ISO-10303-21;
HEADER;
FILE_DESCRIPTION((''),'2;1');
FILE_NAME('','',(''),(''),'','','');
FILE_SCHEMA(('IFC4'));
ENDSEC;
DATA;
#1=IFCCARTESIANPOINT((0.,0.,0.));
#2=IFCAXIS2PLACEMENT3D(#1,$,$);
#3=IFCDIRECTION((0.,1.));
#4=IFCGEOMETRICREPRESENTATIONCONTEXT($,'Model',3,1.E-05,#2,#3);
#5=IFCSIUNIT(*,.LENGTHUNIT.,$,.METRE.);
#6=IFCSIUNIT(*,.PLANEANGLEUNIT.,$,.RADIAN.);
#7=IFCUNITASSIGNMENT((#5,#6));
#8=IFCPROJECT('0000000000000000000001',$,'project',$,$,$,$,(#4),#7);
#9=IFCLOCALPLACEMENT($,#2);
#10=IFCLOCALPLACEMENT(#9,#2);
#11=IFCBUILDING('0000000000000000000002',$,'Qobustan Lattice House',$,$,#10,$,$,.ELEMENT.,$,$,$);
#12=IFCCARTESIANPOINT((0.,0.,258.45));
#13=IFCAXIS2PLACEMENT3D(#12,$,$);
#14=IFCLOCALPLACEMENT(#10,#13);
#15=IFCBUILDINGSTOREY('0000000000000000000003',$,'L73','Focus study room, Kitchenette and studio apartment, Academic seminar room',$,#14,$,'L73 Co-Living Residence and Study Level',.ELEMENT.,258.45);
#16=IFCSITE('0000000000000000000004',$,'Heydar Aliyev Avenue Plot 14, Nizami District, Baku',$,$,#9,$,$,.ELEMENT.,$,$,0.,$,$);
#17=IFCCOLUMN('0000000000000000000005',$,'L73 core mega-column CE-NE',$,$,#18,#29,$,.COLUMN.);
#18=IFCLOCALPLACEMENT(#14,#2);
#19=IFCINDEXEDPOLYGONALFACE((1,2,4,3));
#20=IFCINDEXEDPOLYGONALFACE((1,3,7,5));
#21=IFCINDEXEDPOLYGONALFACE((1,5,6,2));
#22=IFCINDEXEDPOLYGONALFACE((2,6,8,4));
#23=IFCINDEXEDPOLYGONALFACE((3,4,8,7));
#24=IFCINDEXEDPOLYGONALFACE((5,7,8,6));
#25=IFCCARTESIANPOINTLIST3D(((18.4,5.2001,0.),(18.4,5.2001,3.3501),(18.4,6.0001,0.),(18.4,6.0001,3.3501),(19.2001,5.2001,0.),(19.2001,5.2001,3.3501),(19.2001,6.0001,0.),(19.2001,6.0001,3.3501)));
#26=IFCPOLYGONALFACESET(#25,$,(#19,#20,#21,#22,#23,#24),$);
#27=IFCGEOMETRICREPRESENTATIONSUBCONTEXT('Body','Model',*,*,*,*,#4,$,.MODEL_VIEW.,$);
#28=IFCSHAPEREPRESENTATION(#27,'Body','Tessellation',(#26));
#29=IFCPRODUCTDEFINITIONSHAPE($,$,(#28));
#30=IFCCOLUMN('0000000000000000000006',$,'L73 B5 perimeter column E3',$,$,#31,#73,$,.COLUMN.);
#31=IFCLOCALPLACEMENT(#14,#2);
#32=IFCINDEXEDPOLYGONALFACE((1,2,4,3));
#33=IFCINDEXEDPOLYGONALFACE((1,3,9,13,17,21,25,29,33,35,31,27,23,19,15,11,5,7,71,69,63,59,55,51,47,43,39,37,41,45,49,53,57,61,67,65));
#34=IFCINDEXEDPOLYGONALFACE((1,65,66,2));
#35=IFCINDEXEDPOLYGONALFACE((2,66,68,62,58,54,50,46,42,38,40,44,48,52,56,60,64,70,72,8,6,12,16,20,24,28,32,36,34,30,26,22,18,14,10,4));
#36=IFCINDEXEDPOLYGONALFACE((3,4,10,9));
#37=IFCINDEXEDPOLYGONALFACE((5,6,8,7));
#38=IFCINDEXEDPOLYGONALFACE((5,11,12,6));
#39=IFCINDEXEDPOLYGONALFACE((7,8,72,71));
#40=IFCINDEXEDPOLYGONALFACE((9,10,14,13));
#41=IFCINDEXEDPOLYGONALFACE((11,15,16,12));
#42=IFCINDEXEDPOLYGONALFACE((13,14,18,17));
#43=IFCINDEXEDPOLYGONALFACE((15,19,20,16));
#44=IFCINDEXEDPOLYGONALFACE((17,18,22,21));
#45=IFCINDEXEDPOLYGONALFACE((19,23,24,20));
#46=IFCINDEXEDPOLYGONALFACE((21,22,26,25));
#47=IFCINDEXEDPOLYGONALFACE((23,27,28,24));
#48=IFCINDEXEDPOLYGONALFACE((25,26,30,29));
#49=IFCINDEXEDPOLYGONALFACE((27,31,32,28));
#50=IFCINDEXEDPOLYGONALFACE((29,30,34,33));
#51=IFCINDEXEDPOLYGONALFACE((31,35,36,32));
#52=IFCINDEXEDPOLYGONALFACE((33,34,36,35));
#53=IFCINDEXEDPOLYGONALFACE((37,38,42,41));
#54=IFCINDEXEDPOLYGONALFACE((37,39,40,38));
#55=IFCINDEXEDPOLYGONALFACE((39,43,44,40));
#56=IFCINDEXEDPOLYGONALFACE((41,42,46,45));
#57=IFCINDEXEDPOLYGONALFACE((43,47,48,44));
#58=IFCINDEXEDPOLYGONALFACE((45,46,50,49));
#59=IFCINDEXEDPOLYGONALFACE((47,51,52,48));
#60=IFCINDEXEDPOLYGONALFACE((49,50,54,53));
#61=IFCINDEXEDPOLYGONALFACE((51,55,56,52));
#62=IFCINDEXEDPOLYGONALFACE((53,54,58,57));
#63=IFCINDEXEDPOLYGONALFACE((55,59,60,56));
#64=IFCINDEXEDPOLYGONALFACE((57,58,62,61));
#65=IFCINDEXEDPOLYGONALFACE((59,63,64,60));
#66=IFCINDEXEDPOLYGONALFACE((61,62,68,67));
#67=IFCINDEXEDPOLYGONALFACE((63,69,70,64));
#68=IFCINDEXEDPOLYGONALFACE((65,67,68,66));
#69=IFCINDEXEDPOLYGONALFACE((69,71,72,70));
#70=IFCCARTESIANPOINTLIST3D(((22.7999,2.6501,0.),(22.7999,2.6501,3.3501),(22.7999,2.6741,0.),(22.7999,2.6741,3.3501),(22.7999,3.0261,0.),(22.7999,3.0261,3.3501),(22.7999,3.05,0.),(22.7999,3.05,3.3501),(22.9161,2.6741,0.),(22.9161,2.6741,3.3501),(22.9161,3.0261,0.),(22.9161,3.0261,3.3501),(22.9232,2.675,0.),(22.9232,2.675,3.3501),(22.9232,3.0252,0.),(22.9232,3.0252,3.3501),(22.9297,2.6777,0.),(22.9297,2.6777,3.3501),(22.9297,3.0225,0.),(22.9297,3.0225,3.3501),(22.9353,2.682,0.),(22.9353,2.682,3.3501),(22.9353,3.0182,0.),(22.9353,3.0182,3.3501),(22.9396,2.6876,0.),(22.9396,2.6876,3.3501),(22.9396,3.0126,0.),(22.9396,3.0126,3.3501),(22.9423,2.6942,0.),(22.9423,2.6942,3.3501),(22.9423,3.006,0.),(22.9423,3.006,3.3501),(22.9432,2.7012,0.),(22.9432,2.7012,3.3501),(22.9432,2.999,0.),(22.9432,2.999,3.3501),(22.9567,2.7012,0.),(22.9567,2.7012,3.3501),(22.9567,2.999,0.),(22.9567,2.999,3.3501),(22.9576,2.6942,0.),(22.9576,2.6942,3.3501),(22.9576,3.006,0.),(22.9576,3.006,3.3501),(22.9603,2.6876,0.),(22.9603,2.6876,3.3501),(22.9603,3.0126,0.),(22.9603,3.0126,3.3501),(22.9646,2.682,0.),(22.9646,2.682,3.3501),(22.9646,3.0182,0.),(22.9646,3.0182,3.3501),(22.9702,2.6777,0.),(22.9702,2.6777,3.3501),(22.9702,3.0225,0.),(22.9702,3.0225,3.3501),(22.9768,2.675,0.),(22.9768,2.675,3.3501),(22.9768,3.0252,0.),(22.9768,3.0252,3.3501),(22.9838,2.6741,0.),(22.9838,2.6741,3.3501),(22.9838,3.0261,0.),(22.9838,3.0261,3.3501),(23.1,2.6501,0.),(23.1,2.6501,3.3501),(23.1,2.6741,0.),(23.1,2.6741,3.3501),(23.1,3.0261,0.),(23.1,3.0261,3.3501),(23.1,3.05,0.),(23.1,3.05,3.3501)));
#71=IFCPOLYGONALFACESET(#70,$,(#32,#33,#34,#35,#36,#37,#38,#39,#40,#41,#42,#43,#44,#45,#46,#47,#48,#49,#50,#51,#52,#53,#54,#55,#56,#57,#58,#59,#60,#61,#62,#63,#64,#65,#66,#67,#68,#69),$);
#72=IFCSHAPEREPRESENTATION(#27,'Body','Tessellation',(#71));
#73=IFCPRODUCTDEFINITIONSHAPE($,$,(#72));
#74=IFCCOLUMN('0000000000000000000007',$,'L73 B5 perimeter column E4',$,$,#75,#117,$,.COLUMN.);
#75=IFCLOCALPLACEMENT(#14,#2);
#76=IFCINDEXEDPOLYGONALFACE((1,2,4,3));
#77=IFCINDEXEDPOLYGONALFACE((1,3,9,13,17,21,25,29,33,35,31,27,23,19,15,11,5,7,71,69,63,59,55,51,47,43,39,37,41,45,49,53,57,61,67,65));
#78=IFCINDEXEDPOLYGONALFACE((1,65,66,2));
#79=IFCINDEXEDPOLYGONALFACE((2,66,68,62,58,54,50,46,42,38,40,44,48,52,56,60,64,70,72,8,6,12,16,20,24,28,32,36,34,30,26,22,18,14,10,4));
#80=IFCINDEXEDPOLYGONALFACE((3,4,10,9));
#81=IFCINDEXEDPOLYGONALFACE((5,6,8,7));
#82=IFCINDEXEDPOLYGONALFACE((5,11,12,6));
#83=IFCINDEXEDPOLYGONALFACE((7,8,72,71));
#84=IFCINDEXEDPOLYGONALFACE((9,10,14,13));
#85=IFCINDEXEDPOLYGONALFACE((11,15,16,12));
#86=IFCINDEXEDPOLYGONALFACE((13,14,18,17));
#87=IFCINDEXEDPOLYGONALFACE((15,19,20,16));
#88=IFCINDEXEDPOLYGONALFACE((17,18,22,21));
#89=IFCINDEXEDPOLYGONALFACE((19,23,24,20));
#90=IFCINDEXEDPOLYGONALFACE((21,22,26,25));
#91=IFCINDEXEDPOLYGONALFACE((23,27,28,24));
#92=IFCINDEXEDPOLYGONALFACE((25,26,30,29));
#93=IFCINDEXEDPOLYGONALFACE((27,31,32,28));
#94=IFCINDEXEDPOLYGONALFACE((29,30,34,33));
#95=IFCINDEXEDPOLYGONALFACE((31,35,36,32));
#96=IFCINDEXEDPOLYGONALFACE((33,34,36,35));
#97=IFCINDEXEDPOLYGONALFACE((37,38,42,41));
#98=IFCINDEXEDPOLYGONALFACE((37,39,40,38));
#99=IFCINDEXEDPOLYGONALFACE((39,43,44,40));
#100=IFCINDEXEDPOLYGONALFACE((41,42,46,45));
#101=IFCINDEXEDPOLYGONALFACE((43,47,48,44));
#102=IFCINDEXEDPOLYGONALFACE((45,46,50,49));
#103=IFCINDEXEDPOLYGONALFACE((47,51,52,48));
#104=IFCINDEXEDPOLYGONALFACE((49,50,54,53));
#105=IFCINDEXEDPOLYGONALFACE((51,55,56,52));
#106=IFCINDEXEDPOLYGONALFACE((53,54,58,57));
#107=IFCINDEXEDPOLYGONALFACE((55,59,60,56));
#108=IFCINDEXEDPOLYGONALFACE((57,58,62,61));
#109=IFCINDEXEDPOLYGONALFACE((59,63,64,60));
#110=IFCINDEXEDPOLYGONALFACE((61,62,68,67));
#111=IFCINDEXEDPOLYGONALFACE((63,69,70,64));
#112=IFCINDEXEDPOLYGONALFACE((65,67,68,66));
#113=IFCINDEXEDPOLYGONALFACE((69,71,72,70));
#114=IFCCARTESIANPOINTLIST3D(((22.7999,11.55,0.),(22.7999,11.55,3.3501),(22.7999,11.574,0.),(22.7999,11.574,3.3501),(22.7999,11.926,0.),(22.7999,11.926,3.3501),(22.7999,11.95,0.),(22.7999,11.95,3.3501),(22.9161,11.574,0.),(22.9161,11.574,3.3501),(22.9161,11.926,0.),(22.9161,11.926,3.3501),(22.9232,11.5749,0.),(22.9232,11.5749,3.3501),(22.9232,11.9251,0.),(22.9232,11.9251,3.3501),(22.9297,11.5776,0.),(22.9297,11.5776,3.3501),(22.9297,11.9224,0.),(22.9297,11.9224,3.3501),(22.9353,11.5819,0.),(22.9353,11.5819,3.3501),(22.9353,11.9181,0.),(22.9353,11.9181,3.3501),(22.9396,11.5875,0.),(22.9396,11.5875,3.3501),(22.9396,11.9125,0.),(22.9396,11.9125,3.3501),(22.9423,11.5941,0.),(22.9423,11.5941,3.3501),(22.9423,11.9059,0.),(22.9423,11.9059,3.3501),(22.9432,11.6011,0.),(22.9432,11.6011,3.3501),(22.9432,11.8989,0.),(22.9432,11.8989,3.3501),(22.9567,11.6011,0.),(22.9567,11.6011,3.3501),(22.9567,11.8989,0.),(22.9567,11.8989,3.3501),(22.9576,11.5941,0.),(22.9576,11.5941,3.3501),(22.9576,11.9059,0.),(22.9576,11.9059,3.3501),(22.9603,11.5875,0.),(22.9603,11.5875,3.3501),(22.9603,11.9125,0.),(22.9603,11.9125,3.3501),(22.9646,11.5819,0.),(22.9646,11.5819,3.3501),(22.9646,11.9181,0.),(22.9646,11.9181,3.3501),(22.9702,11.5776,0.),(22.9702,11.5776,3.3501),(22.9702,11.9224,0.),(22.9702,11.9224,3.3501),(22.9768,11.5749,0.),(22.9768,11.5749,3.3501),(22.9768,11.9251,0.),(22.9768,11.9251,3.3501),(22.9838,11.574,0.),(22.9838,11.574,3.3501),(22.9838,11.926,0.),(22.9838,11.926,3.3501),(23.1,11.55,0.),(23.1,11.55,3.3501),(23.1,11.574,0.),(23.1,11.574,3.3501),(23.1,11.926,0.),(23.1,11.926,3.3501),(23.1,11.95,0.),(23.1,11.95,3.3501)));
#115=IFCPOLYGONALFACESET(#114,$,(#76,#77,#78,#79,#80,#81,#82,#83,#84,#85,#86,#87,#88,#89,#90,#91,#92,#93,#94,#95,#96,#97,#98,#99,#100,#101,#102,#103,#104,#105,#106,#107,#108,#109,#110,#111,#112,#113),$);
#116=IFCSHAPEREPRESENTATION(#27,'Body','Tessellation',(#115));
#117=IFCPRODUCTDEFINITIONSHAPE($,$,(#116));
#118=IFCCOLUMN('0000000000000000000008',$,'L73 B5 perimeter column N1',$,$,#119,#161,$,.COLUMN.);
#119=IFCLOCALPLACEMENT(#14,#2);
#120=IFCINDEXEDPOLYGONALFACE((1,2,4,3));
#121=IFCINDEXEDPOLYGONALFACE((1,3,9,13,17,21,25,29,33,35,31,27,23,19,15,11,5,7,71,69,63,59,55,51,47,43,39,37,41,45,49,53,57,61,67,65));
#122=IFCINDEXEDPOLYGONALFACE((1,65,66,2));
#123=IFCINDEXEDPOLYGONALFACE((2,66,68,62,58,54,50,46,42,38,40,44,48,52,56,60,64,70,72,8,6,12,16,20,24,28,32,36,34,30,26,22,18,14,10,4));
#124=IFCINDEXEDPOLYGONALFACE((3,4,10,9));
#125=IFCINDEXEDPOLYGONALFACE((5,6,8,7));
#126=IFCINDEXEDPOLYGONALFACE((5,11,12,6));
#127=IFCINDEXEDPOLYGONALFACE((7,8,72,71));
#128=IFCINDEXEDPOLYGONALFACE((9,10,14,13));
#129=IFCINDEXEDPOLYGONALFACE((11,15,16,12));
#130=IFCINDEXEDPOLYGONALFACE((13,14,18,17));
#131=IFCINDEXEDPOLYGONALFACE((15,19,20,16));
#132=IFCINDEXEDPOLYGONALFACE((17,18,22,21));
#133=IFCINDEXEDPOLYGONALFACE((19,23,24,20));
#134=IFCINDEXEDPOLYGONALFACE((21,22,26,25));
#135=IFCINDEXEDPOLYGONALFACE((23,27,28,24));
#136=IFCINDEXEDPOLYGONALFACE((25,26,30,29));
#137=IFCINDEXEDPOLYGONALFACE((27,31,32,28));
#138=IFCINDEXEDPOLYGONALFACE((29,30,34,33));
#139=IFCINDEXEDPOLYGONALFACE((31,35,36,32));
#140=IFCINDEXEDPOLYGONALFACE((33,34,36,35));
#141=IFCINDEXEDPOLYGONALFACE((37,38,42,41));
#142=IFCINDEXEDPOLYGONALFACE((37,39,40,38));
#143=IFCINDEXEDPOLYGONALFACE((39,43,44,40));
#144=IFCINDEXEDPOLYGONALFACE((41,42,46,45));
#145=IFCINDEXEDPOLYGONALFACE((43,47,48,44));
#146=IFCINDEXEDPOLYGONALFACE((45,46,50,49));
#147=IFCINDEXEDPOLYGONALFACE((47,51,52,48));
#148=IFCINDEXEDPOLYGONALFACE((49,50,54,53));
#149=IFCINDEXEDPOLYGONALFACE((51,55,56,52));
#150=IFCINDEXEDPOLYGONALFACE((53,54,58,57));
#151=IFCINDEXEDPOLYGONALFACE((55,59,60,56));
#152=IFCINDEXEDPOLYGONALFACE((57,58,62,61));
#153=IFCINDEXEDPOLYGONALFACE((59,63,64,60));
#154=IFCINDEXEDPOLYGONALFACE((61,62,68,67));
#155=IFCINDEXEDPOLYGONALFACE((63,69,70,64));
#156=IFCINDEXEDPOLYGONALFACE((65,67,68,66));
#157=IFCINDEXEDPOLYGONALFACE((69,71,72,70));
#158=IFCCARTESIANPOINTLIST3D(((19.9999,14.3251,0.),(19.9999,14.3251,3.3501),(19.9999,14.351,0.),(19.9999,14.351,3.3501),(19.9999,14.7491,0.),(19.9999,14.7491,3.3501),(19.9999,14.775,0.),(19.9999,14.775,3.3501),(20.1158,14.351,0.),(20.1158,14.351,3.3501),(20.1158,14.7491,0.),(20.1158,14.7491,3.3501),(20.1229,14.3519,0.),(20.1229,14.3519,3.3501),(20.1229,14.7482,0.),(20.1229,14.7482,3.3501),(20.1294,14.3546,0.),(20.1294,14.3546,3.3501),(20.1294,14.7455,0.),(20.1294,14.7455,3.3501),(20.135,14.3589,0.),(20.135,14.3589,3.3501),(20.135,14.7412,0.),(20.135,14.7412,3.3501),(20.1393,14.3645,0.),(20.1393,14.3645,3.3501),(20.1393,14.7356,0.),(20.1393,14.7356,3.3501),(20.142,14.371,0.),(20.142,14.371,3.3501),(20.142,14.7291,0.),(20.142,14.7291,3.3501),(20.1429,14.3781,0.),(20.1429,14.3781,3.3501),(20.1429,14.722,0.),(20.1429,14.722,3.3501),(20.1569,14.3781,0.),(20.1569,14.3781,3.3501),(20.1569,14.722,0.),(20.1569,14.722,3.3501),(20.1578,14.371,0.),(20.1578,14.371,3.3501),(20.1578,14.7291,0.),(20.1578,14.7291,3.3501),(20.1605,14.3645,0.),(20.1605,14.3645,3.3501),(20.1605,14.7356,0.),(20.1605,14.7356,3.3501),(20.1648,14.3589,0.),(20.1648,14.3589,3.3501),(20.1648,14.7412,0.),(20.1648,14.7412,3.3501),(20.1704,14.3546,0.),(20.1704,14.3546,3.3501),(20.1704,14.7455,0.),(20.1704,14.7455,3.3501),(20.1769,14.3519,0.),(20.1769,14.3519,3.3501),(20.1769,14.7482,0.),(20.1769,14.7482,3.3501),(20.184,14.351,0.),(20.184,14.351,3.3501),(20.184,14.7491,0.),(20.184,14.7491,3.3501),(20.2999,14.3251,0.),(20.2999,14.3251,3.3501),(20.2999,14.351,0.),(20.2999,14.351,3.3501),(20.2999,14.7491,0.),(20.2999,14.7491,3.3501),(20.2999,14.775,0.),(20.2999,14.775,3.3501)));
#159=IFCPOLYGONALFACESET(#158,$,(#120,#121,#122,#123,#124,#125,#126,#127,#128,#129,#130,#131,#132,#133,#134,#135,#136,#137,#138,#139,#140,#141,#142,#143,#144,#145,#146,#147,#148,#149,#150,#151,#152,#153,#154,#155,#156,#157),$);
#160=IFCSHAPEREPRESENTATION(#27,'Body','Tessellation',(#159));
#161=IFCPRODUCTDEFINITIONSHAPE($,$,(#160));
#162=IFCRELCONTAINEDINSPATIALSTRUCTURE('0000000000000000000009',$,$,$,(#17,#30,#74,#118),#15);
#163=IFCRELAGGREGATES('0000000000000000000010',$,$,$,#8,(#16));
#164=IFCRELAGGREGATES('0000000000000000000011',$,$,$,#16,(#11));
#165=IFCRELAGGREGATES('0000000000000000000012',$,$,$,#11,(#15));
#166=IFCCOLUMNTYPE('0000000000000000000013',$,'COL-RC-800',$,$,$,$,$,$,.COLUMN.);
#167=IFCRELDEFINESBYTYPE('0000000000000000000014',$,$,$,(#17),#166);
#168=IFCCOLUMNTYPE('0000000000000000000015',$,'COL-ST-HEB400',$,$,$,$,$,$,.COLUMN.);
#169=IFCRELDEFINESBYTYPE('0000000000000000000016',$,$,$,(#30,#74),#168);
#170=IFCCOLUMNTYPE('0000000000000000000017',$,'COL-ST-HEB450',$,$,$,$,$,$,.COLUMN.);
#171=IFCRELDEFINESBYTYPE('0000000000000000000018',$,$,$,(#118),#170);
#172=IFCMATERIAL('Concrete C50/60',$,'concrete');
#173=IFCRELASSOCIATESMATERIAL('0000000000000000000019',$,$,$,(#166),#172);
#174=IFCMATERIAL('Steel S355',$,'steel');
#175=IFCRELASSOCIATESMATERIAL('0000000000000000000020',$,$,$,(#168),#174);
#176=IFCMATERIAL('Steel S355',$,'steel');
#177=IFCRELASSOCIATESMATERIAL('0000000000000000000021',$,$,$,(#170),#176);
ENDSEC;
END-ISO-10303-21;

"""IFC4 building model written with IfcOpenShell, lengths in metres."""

from ifc_helpers import new_model, si_unit, direction, frame, origin, origin_2d, place, context, subcontext, project, spatial, rectangle, i_section, extrude, material, material_profile, profile_set, type_object, element, save


model = new_model("IFC4")

# Units and contexts
model_context = context("Model", 3, precision=1e-05, world=origin(), true_north=direction((0.0, 1.0)))
body_context = subcontext(model_context, "Body", "Model", "MODEL_VIEW")
ifc_project = project(units=[si_unit("LENGTHUNIT", "METRE"), si_unit("PLANEANGLEUNIT", "RADIAN")], contexts=[model_context])

# Site, building, storey
site_placement = place(None, origin())
site = spatial("IfcSite", under=ifc_project, at=site_placement, Name="Heydar Aliyev Avenue Plot 14, Nizami District, Baku", CompositionType="ELEMENT", RefElevation=0.0)
building_placement = place(site_placement, origin())
building = spatial("IfcBuilding", under=site, at=building_placement, Name="Qobustan Lattice House", CompositionType="ELEMENT")
storey_placement = place(building_placement, frame((0.0, 0.0, 258.45)))
storey = spatial("IfcBuildingStorey", under=building, at=storey_placement, Name="L73", Description="Focus study room, Kitchenette and studio apartment, Academic seminar room", LongName="L73 Co-Living Residence and Study Level", CompositionType="ELEMENT", Elevation=258.45)

# Columns
ifc_material_1 = material(Name="Concrete C50/60", Category="concrete")
ifc_material_profile_1 = material_profile(ifc_material_1, rectangle(XDim=0.8, YDim=0.8, at=origin_2d()), Name="RC800x800")
ifc_profile_set_1 = profile_set([ifc_material_profile_1], Name="Concrete C50/60")
column_type_1 = type_object("IfcColumnType", Name="COL-RC-800", PredefinedType="COLUMN", material=ifc_profile_set_1)
column_1_placement = place(storey_placement, frame((18.8, 5.6001, 0.0), z_axis=(0.0, 0.0, 1.0), x_axis=(1.0, 0.0, 0.0)))
element("IfcColumn", 1, at=column_1_placement, inside=storey, type_object=column_type_1, Name="L73 core mega-column CE-NE", PredefinedType="COLUMN", context=body_context, shape_type="SweptSolid", body=[
    extrude(rectangle(XDim=0.8, YDim=0.8, at=origin_2d()), origin(), (0.0, 0.0, 1.0), 3.3501),
])
ifc_material_2 = material(Name="Steel S355", Category="steel")
ifc_material_profile_2 = material_profile(ifc_material_2, i_section(OverallWidth=0.3, OverallDepth=0.3999, WebThickness=0.0134, FlangeThickness=0.0239, FilletRadius=0.0271, at=origin_2d()), Name="HEB400")
ifc_profile_set_2 = profile_set([ifc_material_profile_2], Name="Steel S355")
column_type_2 = type_object("IfcColumnType", Name="COL-ST-HEB400", PredefinedType="COLUMN", material=ifc_profile_set_2)
for number, where, z_axis, x_axis, name in (
    (2, (22.95, 2.8501, 0.0), (0.0, 0.0, 1.0), (1.0, 0.0, 0.0), "L73 B5 perimeter column E3"),
    (3, (22.95, 11.75, 0.0), (0.0, 0.0, 1.0), (1.0, 0.0, 0.0), "L73 B5 perimeter column E4"),
):
    element("IfcColumn", number, at=place(storey_placement, frame(where, z_axis=z_axis, x_axis=x_axis)), inside=storey, type_object=column_type_2, Name=name, PredefinedType="COLUMN", context=body_context, shape_type="SweptSolid", body=[
        extrude(i_section(OverallWidth=0.3, OverallDepth=0.3999, WebThickness=0.0134, FlangeThickness=0.0239, FilletRadius=0.0271, at=origin_2d()), origin(), (0.0, 0.0, 1.0), 3.3501),
    ])
ifc_material_3 = material(Name="Steel S355", Category="steel")
ifc_material_profile_3 = material_profile(ifc_material_3, i_section(OverallWidth=0.3, OverallDepth=0.45, WebThickness=0.0139, FlangeThickness=0.0259, FilletRadius=0.0271, at=origin_2d()), Name="HEB450")
ifc_profile_set_3 = profile_set([ifc_material_profile_3], Name="Steel S355")
column_type_3 = type_object("IfcColumnType", Name="COL-ST-HEB450", PredefinedType="COLUMN", material=ifc_profile_set_3)
column_2_placement = place(storey_placement, frame((20.1499, 14.55, 0.0), z_axis=(0.0, 0.0, 1.0), x_axis=(1.0, 0.0, 0.0)))
element("IfcColumn", 4, at=column_2_placement, inside=storey, type_object=column_type_3, Name="L73 B5 perimeter column N1", PredefinedType="COLUMN", context=body_context, shape_type="SweptSolid", body=[
    extrude(i_section(OverallWidth=0.3, OverallDepth=0.45, WebThickness=0.0139, FlangeThickness=0.0259, FilletRadius=0.0271, at=origin_2d()), origin(), (0.0, 0.0, 1.0), 3.3501),
])

save(model, "model.ifc")
